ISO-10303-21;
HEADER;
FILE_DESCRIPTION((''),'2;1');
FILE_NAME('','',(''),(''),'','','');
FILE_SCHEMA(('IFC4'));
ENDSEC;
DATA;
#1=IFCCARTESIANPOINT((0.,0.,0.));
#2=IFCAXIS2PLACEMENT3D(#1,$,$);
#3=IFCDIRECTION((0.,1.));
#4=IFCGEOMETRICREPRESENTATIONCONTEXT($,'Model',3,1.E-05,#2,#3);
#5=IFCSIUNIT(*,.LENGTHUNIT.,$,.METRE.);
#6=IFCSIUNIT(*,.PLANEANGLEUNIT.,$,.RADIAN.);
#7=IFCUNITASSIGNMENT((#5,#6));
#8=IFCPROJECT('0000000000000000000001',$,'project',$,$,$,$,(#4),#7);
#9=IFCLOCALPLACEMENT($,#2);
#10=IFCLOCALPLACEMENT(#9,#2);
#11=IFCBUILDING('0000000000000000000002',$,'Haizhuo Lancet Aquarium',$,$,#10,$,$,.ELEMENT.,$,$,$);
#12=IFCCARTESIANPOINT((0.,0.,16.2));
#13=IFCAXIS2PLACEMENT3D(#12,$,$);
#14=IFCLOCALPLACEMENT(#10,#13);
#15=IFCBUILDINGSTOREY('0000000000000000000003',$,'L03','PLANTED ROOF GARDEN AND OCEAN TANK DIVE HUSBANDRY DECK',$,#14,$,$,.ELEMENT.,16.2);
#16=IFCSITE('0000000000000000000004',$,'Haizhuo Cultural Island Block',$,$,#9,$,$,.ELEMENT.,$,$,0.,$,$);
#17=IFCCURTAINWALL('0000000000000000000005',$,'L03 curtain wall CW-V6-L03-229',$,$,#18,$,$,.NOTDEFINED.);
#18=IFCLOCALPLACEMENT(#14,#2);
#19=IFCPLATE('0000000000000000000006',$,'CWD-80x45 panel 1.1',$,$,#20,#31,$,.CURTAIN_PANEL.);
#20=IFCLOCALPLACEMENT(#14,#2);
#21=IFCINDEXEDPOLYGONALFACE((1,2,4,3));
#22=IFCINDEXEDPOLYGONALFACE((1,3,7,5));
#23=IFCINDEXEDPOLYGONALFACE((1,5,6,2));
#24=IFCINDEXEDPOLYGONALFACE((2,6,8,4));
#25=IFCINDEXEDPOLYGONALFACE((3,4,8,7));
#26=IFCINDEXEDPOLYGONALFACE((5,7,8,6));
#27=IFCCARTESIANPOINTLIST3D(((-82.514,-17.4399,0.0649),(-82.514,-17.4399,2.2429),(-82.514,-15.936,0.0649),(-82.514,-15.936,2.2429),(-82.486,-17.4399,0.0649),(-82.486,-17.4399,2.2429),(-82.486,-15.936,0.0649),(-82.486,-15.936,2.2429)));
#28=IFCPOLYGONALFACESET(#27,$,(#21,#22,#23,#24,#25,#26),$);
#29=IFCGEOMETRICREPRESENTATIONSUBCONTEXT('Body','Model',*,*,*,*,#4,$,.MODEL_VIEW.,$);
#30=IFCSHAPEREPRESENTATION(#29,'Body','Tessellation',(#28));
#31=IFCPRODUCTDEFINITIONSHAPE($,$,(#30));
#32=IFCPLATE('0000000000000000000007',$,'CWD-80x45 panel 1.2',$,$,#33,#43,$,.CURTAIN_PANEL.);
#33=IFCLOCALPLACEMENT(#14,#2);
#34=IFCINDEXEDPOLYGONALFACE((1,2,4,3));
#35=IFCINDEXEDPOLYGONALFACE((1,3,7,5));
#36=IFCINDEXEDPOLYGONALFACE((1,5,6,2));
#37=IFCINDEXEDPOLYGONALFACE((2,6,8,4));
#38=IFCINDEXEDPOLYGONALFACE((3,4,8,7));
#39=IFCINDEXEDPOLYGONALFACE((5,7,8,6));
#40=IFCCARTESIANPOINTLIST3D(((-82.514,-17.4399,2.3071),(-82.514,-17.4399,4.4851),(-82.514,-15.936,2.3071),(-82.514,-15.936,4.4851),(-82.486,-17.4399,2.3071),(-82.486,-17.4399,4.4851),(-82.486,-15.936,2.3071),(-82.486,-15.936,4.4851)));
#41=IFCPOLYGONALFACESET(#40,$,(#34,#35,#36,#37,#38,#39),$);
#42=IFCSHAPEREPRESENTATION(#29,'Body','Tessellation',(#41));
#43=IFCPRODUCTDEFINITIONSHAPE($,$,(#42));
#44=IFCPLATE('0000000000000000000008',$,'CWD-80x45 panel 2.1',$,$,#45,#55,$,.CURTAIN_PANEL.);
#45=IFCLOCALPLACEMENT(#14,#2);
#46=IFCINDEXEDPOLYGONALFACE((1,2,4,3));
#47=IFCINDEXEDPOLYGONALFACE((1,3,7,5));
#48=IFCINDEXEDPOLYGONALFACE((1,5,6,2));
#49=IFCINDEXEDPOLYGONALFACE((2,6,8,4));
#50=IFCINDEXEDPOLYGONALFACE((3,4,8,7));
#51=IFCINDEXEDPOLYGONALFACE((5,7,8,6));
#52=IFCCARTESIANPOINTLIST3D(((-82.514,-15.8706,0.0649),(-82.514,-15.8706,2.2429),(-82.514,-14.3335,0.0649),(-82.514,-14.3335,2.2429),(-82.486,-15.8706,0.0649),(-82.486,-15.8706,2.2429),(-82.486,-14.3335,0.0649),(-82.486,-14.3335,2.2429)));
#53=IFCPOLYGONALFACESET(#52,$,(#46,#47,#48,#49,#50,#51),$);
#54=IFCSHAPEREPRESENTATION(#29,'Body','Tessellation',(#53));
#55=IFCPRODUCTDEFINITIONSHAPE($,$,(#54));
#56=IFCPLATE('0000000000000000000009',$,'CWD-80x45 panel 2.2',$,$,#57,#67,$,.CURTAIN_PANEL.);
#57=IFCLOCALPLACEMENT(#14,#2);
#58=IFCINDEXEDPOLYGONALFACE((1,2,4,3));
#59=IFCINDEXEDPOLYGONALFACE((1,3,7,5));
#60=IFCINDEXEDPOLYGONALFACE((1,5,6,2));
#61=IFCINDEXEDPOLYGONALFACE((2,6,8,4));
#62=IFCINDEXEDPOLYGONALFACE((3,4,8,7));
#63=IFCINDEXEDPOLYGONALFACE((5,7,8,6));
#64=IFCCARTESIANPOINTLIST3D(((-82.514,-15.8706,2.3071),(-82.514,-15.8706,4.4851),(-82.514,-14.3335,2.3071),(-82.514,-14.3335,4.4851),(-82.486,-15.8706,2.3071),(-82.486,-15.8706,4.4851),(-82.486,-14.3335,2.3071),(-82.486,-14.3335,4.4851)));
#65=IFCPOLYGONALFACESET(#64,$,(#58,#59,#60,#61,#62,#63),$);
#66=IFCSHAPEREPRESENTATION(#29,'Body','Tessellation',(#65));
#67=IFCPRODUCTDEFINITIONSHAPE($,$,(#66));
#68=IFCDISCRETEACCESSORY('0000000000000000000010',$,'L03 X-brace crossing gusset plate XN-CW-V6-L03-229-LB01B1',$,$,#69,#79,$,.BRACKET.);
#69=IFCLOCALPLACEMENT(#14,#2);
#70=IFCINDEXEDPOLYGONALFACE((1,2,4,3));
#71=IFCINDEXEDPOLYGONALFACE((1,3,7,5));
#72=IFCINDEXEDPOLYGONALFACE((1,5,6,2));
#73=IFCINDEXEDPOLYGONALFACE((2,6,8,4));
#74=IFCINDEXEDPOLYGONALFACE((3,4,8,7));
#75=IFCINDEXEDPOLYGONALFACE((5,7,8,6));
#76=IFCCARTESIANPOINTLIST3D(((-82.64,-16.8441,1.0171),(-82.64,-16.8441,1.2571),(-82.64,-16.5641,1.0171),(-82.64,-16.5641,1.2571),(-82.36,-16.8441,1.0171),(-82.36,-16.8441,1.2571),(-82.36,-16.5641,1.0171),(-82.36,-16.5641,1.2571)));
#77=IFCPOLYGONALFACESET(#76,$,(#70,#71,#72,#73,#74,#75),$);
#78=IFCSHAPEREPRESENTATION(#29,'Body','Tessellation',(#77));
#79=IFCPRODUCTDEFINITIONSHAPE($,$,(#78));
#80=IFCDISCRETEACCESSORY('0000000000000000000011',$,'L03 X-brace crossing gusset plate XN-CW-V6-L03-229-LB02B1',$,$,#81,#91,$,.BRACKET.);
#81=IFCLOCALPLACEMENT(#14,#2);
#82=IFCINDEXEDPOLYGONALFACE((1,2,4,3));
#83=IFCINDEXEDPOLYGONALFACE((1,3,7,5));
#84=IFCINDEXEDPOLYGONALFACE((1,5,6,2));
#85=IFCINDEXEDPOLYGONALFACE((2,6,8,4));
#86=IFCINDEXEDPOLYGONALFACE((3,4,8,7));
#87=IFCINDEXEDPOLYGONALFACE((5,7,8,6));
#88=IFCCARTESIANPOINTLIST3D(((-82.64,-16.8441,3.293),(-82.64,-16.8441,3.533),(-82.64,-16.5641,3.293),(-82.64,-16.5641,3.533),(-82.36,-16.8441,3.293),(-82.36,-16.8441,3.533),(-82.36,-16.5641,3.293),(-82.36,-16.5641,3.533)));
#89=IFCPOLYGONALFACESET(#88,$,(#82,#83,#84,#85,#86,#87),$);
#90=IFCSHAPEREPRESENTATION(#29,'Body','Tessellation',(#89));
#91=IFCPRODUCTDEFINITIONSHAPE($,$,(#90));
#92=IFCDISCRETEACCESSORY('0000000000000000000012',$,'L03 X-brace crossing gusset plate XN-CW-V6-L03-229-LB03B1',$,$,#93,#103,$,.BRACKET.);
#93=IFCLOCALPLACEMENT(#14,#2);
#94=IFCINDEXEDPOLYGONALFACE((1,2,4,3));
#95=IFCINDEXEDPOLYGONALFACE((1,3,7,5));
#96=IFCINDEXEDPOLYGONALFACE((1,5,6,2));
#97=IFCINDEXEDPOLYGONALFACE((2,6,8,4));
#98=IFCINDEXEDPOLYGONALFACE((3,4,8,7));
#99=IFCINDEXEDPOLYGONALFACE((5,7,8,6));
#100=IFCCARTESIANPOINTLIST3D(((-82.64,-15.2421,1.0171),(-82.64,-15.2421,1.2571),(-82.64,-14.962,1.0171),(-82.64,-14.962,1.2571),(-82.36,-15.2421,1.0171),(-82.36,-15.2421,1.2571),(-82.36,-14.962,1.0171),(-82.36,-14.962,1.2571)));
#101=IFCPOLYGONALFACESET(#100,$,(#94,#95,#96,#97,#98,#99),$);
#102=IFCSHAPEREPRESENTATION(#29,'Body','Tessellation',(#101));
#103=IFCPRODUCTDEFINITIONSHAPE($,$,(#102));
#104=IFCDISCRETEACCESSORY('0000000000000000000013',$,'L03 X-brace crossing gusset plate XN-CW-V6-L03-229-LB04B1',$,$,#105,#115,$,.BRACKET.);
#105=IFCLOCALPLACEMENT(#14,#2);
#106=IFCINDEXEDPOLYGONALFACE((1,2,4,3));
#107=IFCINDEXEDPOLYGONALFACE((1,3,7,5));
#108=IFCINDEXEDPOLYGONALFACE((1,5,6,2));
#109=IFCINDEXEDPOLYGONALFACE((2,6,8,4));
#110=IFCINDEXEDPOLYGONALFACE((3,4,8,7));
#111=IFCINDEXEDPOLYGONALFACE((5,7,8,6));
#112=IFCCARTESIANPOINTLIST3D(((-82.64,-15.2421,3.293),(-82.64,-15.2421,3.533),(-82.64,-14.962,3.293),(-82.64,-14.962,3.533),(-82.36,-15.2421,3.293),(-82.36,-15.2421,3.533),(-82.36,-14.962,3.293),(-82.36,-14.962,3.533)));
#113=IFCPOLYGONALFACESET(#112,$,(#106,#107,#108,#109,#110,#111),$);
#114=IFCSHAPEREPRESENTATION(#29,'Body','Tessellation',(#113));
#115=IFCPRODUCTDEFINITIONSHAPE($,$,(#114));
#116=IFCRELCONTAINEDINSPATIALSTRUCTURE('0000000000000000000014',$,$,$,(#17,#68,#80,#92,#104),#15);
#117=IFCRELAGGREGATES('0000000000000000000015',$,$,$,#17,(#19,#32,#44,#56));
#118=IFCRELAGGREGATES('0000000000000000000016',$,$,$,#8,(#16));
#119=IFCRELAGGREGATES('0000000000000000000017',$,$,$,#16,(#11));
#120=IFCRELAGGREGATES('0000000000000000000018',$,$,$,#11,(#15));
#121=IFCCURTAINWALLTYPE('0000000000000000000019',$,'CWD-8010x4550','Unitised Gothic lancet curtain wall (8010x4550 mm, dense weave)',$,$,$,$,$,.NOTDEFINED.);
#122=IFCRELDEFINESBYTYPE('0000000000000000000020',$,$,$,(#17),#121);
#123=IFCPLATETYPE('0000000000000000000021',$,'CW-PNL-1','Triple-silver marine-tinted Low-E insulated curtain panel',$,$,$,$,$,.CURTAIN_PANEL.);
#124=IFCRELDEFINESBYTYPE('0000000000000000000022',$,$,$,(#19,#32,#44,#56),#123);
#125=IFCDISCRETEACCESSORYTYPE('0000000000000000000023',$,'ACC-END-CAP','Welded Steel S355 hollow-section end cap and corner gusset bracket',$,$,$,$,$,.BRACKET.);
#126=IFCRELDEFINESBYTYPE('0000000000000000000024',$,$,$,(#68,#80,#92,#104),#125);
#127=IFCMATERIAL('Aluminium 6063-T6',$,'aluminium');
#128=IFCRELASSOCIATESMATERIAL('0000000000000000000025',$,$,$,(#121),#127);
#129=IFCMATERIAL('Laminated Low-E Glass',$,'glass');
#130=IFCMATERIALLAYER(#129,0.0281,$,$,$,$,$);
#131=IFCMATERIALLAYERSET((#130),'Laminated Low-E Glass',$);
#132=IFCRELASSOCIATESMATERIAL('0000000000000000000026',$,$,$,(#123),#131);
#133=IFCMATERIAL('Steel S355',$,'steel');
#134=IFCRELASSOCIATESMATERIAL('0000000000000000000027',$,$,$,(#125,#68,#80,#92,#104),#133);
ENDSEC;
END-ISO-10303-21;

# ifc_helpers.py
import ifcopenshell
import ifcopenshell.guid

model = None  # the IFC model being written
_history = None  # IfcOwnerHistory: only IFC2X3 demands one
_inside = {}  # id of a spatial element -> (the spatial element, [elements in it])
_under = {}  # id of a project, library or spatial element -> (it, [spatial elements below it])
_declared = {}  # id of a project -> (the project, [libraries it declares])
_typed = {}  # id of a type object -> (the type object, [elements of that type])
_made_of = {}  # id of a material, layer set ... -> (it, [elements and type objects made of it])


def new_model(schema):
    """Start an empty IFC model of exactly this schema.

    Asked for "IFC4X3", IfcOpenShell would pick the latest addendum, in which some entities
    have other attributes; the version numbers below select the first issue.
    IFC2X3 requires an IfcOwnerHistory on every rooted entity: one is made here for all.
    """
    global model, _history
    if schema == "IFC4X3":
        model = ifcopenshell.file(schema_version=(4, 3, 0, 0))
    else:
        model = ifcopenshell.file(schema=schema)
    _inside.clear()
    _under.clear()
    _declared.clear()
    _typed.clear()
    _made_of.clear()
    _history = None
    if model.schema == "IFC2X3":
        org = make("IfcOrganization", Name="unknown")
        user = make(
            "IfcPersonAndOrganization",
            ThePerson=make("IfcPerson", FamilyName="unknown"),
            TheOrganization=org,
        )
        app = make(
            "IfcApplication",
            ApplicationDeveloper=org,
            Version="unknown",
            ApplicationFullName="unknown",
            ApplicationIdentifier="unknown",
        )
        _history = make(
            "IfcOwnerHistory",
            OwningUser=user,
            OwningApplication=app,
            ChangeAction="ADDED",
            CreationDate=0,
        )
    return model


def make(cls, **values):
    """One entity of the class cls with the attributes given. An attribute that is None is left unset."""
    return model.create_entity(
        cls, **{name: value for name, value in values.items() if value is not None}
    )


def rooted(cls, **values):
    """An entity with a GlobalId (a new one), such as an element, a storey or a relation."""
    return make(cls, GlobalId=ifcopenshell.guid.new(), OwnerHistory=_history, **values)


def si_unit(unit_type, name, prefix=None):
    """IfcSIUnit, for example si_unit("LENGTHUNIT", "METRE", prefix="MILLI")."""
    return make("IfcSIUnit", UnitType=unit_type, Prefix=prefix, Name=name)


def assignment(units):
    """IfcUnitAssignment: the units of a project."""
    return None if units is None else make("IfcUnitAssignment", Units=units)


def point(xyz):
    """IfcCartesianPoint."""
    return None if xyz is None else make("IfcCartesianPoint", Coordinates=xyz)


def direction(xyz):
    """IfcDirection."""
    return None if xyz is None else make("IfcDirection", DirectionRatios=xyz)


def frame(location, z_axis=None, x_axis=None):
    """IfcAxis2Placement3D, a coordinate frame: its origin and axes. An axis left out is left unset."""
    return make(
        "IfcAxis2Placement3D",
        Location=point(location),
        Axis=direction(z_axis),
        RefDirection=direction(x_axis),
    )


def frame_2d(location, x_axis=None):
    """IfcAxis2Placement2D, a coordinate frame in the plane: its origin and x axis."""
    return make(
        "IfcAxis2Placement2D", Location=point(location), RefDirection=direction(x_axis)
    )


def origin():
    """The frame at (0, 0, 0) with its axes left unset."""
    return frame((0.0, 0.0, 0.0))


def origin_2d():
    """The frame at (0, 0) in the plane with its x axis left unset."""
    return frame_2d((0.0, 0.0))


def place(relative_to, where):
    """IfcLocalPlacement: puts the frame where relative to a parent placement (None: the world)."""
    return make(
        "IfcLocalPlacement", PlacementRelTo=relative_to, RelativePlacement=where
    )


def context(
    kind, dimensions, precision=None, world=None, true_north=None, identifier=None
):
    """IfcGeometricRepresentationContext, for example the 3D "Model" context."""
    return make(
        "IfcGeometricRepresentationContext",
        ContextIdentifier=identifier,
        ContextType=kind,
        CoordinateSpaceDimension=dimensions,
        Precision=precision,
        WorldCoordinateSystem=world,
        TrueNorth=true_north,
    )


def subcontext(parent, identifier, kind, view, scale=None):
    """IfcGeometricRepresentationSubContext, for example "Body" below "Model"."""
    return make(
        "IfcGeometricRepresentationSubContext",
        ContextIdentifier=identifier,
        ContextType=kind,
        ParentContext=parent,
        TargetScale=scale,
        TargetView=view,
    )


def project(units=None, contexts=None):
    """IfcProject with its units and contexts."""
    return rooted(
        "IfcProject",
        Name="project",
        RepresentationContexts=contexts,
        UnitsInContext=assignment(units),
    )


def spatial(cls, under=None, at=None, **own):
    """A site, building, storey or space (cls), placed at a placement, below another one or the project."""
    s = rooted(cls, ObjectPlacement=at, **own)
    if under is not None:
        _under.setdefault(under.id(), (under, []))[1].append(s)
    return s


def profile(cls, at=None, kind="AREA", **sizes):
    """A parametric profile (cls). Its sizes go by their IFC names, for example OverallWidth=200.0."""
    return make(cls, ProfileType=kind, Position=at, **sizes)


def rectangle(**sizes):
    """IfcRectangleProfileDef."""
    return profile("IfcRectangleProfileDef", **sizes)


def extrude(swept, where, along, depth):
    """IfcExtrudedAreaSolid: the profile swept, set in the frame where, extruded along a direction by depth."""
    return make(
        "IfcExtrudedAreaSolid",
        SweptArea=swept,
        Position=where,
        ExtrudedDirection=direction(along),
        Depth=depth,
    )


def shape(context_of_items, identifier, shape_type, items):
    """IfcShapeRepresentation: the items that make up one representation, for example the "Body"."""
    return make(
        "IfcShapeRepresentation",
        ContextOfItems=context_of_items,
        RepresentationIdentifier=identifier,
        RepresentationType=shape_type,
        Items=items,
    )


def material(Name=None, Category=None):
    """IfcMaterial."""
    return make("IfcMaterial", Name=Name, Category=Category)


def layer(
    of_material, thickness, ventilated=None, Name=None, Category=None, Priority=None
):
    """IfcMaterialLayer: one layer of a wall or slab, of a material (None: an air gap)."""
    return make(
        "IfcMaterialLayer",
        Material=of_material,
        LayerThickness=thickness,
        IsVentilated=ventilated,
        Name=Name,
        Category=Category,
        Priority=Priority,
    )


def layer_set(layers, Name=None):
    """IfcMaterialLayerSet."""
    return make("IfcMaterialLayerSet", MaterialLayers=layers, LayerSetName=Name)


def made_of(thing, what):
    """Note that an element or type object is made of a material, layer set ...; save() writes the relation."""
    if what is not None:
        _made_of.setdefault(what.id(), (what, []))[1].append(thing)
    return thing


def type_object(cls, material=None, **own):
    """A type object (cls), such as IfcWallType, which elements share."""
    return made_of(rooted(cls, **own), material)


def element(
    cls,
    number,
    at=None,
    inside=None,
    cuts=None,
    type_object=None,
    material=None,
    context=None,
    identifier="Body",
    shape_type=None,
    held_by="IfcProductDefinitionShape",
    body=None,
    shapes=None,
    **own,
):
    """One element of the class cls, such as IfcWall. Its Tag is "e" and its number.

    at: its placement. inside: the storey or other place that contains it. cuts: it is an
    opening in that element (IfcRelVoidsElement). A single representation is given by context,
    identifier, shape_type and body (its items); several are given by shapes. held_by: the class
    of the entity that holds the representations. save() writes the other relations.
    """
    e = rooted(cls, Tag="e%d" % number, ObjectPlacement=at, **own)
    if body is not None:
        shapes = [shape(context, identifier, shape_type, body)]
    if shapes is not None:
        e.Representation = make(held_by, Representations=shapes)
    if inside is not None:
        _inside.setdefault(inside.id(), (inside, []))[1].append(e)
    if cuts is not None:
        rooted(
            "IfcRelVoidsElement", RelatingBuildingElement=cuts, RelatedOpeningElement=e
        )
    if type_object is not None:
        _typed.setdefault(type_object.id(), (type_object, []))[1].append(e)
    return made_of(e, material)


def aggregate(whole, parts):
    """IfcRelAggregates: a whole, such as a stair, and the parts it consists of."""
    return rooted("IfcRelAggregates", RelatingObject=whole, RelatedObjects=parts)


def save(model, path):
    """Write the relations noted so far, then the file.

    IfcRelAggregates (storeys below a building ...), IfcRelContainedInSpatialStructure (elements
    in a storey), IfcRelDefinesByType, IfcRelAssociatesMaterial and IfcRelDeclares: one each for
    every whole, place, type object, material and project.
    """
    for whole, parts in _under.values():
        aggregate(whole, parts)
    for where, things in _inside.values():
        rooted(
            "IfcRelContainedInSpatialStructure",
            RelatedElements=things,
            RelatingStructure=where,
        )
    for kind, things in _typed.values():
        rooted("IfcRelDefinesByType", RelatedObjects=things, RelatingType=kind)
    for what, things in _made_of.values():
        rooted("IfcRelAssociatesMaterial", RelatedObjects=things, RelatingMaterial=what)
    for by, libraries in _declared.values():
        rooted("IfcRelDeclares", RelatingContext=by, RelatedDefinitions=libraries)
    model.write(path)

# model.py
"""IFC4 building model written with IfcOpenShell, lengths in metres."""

from ifc_helpers import new_model, si_unit, direction, frame, origin, origin_2d, place, context, subcontext, project, spatial, rectangle, extrude, material, layer, layer_set, type_object, element, aggregate, save


model = new_model("IFC4")

# Units and contexts
model_context = context("Model", 3, precision=1e-05, world=origin(), true_north=direction((0.0, 1.0)))
body_context = subcontext(model_context, "Body", "Model", "MODEL_VIEW")
ifc_project = project(units=[si_unit("LENGTHUNIT", "METRE"), si_unit("PLANEANGLEUNIT", "RADIAN")], contexts=[model_context])

# Site, building, storey
site_placement = place(None, origin())
site = spatial("IfcSite", under=ifc_project, at=site_placement, Name="Haizhuo Cultural Island Block", CompositionType="ELEMENT", RefElevation=0.0)
building_placement = place(site_placement, origin())
building = spatial("IfcBuilding", under=site, at=building_placement, Name="Haizhuo Lancet Aquarium", CompositionType="ELEMENT")
storey_placement = place(building_placement, frame((0.0, 0.0, 16.2)))
storey = spatial("IfcBuildingStorey", under=building, at=storey_placement, Name="L03", Description="PLANTED ROOF GARDEN AND OCEAN TANK DIVE HUSBANDRY DECK", CompositionType="ELEMENT", Elevation=16.2)

# Curtain wall
ifc_material_1 = material(Name="Aluminium 6063-T6", Category="aluminium")
curtain_wall_type = type_object("IfcCurtainWallType", Name="CWD-8010x4550", Description="Unitised Gothic lancet curtain wall (8010x4550 mm, dense weave)", PredefinedType="NOTDEFINED", material=ifc_material_1)
curtain_wall_placement = place(storey_placement, origin())
curtain_wall = element("IfcCurtainWall", 1, at=curtain_wall_placement, inside=storey, type_object=curtain_wall_type, Name="L03 curtain wall CW-V6-L03-229", PredefinedType="NOTDEFINED")

# Shared definitions
ifc_material_2 = material(Name="Steel S355", Category="steel")

# Plates
ifc_material_3 = material(Name="Laminated Low-E Glass", Category="glass")
ifc_layer = layer(ifc_material_3, 0.0281)
ifc_layer_set = layer_set([ifc_layer], Name="Laminated Low-E Glass")
plate_type = type_object("IfcPlateType", Name="CW-PNL-1", Description="Triple-silver marine-tinted Low-E insulated curtain panel", PredefinedType="CURTAIN_PANEL", material=ifc_layer_set)
plate_1_placement = place(storey_placement, frame((-82.5, -16.688, 0.0649), z_axis=(0.0, 0.0, 1.0), x_axis=(0.0, 1.0, 0.0)))
plate_1 = element("IfcPlate", 2, at=plate_1_placement, type_object=plate_type, Name="CWD-80x45 panel 1.1", PredefinedType="CURTAIN_PANEL", context=body_context, shape_type="SweptSolid", body=[
    extrude(rectangle(XDim=1.5039, YDim=0.0281, at=origin_2d()), origin(), (0.0, 0.0, 1.0), 2.178),
])
plate_2_placement = place(storey_placement, frame((-82.5, -16.688, 2.3071), z_axis=(0.0, 0.0, 1.0), x_axis=(0.0, 1.0, 0.0)))
plate_2 = element("IfcPlate", 3, at=plate_2_placement, type_object=plate_type, Name="CWD-80x45 panel 1.2", PredefinedType="CURTAIN_PANEL", context=body_context, shape_type="SweptSolid", body=[
    extrude(rectangle(XDim=1.5039, YDim=0.0281, at=origin_2d()), origin(), (0.0, 0.0, 1.0), 2.178),
])
plate_3_placement = place(storey_placement, frame((-82.5, -15.1021, 0.0649), z_axis=(0.0, 0.0, 1.0), x_axis=(0.0, 1.0, 0.0)))
plate_3 = element("IfcPlate", 4, at=plate_3_placement, type_object=plate_type, Name="CWD-80x45 panel 2.1", PredefinedType="CURTAIN_PANEL", context=body_context, shape_type="SweptSolid", body=[
    extrude(rectangle(XDim=1.5371, YDim=0.0281, at=origin_2d()), origin(), (0.0, 0.0, 1.0), 2.178),
])
plate_4_placement = place(storey_placement, frame((-82.5, -15.1021, 2.3071), z_axis=(0.0, 0.0, 1.0), x_axis=(0.0, 1.0, 0.0)))
plate_4 = element("IfcPlate", 5, at=plate_4_placement, type_object=plate_type, Name="CWD-80x45 panel 2.2", PredefinedType="CURTAIN_PANEL", context=body_context, shape_type="SweptSolid", body=[
    extrude(rectangle(XDim=1.5371, YDim=0.0281, at=origin_2d()), origin(), (0.0, 0.0, 1.0), 2.178),
])
aggregate(curtain_wall, [plate_1, plate_2, plate_3, plate_4])

# Discrete accessories
discrete_accessory_type = type_object("IfcDiscreteAccessoryType", Name="ACC-END-CAP", Description="Welded Steel S355 hollow-section end cap and corner gusset bracket", PredefinedType="BRACKET", material=ifc_material_2)
for number, where, z_axis, x_axis, name in (
    (6, (-82.5, -16.7041, 1.0171), (0.0, 0.0, 1.0), (1.0, 0.0, 0.0), "L03 X-brace crossing gusset plate XN-CW-V6-L03-229-LB01B1"),
    (7, (-82.5, -16.7041, 3.293), (0.0, 0.0, 1.0), (1.0, 0.0, 0.0), "L03 X-brace crossing gusset plate XN-CW-V6-L03-229-LB02B1"),
    (8, (-82.5, -15.1021, 1.0171), (0.0, 0.0, 1.0), (1.0, 0.0, 0.0), "L03 X-brace crossing gusset plate XN-CW-V6-L03-229-LB03B1"),
    (9, (-82.5, -15.1021, 3.293), (0.0, 0.0, 1.0), (1.0, 0.0, 0.0), "L03 X-brace crossing gusset plate XN-CW-V6-L03-229-LB04B1"),
):
    element("IfcDiscreteAccessory", number, at=place(storey_placement, frame(where, z_axis=z_axis, x_axis=x_axis)), inside=storey, type_object=discrete_accessory_type, material=ifc_material_2, Name=name, PredefinedType="BRACKET", context=body_context, shape_type="SweptSolid", body=[
        extrude(rectangle(XDim=0.28, YDim=0.28, at=origin_2d()), origin(), (0.0, 0.0, 1.0), 0.24),
    ])

save(model, "model.ifc")
